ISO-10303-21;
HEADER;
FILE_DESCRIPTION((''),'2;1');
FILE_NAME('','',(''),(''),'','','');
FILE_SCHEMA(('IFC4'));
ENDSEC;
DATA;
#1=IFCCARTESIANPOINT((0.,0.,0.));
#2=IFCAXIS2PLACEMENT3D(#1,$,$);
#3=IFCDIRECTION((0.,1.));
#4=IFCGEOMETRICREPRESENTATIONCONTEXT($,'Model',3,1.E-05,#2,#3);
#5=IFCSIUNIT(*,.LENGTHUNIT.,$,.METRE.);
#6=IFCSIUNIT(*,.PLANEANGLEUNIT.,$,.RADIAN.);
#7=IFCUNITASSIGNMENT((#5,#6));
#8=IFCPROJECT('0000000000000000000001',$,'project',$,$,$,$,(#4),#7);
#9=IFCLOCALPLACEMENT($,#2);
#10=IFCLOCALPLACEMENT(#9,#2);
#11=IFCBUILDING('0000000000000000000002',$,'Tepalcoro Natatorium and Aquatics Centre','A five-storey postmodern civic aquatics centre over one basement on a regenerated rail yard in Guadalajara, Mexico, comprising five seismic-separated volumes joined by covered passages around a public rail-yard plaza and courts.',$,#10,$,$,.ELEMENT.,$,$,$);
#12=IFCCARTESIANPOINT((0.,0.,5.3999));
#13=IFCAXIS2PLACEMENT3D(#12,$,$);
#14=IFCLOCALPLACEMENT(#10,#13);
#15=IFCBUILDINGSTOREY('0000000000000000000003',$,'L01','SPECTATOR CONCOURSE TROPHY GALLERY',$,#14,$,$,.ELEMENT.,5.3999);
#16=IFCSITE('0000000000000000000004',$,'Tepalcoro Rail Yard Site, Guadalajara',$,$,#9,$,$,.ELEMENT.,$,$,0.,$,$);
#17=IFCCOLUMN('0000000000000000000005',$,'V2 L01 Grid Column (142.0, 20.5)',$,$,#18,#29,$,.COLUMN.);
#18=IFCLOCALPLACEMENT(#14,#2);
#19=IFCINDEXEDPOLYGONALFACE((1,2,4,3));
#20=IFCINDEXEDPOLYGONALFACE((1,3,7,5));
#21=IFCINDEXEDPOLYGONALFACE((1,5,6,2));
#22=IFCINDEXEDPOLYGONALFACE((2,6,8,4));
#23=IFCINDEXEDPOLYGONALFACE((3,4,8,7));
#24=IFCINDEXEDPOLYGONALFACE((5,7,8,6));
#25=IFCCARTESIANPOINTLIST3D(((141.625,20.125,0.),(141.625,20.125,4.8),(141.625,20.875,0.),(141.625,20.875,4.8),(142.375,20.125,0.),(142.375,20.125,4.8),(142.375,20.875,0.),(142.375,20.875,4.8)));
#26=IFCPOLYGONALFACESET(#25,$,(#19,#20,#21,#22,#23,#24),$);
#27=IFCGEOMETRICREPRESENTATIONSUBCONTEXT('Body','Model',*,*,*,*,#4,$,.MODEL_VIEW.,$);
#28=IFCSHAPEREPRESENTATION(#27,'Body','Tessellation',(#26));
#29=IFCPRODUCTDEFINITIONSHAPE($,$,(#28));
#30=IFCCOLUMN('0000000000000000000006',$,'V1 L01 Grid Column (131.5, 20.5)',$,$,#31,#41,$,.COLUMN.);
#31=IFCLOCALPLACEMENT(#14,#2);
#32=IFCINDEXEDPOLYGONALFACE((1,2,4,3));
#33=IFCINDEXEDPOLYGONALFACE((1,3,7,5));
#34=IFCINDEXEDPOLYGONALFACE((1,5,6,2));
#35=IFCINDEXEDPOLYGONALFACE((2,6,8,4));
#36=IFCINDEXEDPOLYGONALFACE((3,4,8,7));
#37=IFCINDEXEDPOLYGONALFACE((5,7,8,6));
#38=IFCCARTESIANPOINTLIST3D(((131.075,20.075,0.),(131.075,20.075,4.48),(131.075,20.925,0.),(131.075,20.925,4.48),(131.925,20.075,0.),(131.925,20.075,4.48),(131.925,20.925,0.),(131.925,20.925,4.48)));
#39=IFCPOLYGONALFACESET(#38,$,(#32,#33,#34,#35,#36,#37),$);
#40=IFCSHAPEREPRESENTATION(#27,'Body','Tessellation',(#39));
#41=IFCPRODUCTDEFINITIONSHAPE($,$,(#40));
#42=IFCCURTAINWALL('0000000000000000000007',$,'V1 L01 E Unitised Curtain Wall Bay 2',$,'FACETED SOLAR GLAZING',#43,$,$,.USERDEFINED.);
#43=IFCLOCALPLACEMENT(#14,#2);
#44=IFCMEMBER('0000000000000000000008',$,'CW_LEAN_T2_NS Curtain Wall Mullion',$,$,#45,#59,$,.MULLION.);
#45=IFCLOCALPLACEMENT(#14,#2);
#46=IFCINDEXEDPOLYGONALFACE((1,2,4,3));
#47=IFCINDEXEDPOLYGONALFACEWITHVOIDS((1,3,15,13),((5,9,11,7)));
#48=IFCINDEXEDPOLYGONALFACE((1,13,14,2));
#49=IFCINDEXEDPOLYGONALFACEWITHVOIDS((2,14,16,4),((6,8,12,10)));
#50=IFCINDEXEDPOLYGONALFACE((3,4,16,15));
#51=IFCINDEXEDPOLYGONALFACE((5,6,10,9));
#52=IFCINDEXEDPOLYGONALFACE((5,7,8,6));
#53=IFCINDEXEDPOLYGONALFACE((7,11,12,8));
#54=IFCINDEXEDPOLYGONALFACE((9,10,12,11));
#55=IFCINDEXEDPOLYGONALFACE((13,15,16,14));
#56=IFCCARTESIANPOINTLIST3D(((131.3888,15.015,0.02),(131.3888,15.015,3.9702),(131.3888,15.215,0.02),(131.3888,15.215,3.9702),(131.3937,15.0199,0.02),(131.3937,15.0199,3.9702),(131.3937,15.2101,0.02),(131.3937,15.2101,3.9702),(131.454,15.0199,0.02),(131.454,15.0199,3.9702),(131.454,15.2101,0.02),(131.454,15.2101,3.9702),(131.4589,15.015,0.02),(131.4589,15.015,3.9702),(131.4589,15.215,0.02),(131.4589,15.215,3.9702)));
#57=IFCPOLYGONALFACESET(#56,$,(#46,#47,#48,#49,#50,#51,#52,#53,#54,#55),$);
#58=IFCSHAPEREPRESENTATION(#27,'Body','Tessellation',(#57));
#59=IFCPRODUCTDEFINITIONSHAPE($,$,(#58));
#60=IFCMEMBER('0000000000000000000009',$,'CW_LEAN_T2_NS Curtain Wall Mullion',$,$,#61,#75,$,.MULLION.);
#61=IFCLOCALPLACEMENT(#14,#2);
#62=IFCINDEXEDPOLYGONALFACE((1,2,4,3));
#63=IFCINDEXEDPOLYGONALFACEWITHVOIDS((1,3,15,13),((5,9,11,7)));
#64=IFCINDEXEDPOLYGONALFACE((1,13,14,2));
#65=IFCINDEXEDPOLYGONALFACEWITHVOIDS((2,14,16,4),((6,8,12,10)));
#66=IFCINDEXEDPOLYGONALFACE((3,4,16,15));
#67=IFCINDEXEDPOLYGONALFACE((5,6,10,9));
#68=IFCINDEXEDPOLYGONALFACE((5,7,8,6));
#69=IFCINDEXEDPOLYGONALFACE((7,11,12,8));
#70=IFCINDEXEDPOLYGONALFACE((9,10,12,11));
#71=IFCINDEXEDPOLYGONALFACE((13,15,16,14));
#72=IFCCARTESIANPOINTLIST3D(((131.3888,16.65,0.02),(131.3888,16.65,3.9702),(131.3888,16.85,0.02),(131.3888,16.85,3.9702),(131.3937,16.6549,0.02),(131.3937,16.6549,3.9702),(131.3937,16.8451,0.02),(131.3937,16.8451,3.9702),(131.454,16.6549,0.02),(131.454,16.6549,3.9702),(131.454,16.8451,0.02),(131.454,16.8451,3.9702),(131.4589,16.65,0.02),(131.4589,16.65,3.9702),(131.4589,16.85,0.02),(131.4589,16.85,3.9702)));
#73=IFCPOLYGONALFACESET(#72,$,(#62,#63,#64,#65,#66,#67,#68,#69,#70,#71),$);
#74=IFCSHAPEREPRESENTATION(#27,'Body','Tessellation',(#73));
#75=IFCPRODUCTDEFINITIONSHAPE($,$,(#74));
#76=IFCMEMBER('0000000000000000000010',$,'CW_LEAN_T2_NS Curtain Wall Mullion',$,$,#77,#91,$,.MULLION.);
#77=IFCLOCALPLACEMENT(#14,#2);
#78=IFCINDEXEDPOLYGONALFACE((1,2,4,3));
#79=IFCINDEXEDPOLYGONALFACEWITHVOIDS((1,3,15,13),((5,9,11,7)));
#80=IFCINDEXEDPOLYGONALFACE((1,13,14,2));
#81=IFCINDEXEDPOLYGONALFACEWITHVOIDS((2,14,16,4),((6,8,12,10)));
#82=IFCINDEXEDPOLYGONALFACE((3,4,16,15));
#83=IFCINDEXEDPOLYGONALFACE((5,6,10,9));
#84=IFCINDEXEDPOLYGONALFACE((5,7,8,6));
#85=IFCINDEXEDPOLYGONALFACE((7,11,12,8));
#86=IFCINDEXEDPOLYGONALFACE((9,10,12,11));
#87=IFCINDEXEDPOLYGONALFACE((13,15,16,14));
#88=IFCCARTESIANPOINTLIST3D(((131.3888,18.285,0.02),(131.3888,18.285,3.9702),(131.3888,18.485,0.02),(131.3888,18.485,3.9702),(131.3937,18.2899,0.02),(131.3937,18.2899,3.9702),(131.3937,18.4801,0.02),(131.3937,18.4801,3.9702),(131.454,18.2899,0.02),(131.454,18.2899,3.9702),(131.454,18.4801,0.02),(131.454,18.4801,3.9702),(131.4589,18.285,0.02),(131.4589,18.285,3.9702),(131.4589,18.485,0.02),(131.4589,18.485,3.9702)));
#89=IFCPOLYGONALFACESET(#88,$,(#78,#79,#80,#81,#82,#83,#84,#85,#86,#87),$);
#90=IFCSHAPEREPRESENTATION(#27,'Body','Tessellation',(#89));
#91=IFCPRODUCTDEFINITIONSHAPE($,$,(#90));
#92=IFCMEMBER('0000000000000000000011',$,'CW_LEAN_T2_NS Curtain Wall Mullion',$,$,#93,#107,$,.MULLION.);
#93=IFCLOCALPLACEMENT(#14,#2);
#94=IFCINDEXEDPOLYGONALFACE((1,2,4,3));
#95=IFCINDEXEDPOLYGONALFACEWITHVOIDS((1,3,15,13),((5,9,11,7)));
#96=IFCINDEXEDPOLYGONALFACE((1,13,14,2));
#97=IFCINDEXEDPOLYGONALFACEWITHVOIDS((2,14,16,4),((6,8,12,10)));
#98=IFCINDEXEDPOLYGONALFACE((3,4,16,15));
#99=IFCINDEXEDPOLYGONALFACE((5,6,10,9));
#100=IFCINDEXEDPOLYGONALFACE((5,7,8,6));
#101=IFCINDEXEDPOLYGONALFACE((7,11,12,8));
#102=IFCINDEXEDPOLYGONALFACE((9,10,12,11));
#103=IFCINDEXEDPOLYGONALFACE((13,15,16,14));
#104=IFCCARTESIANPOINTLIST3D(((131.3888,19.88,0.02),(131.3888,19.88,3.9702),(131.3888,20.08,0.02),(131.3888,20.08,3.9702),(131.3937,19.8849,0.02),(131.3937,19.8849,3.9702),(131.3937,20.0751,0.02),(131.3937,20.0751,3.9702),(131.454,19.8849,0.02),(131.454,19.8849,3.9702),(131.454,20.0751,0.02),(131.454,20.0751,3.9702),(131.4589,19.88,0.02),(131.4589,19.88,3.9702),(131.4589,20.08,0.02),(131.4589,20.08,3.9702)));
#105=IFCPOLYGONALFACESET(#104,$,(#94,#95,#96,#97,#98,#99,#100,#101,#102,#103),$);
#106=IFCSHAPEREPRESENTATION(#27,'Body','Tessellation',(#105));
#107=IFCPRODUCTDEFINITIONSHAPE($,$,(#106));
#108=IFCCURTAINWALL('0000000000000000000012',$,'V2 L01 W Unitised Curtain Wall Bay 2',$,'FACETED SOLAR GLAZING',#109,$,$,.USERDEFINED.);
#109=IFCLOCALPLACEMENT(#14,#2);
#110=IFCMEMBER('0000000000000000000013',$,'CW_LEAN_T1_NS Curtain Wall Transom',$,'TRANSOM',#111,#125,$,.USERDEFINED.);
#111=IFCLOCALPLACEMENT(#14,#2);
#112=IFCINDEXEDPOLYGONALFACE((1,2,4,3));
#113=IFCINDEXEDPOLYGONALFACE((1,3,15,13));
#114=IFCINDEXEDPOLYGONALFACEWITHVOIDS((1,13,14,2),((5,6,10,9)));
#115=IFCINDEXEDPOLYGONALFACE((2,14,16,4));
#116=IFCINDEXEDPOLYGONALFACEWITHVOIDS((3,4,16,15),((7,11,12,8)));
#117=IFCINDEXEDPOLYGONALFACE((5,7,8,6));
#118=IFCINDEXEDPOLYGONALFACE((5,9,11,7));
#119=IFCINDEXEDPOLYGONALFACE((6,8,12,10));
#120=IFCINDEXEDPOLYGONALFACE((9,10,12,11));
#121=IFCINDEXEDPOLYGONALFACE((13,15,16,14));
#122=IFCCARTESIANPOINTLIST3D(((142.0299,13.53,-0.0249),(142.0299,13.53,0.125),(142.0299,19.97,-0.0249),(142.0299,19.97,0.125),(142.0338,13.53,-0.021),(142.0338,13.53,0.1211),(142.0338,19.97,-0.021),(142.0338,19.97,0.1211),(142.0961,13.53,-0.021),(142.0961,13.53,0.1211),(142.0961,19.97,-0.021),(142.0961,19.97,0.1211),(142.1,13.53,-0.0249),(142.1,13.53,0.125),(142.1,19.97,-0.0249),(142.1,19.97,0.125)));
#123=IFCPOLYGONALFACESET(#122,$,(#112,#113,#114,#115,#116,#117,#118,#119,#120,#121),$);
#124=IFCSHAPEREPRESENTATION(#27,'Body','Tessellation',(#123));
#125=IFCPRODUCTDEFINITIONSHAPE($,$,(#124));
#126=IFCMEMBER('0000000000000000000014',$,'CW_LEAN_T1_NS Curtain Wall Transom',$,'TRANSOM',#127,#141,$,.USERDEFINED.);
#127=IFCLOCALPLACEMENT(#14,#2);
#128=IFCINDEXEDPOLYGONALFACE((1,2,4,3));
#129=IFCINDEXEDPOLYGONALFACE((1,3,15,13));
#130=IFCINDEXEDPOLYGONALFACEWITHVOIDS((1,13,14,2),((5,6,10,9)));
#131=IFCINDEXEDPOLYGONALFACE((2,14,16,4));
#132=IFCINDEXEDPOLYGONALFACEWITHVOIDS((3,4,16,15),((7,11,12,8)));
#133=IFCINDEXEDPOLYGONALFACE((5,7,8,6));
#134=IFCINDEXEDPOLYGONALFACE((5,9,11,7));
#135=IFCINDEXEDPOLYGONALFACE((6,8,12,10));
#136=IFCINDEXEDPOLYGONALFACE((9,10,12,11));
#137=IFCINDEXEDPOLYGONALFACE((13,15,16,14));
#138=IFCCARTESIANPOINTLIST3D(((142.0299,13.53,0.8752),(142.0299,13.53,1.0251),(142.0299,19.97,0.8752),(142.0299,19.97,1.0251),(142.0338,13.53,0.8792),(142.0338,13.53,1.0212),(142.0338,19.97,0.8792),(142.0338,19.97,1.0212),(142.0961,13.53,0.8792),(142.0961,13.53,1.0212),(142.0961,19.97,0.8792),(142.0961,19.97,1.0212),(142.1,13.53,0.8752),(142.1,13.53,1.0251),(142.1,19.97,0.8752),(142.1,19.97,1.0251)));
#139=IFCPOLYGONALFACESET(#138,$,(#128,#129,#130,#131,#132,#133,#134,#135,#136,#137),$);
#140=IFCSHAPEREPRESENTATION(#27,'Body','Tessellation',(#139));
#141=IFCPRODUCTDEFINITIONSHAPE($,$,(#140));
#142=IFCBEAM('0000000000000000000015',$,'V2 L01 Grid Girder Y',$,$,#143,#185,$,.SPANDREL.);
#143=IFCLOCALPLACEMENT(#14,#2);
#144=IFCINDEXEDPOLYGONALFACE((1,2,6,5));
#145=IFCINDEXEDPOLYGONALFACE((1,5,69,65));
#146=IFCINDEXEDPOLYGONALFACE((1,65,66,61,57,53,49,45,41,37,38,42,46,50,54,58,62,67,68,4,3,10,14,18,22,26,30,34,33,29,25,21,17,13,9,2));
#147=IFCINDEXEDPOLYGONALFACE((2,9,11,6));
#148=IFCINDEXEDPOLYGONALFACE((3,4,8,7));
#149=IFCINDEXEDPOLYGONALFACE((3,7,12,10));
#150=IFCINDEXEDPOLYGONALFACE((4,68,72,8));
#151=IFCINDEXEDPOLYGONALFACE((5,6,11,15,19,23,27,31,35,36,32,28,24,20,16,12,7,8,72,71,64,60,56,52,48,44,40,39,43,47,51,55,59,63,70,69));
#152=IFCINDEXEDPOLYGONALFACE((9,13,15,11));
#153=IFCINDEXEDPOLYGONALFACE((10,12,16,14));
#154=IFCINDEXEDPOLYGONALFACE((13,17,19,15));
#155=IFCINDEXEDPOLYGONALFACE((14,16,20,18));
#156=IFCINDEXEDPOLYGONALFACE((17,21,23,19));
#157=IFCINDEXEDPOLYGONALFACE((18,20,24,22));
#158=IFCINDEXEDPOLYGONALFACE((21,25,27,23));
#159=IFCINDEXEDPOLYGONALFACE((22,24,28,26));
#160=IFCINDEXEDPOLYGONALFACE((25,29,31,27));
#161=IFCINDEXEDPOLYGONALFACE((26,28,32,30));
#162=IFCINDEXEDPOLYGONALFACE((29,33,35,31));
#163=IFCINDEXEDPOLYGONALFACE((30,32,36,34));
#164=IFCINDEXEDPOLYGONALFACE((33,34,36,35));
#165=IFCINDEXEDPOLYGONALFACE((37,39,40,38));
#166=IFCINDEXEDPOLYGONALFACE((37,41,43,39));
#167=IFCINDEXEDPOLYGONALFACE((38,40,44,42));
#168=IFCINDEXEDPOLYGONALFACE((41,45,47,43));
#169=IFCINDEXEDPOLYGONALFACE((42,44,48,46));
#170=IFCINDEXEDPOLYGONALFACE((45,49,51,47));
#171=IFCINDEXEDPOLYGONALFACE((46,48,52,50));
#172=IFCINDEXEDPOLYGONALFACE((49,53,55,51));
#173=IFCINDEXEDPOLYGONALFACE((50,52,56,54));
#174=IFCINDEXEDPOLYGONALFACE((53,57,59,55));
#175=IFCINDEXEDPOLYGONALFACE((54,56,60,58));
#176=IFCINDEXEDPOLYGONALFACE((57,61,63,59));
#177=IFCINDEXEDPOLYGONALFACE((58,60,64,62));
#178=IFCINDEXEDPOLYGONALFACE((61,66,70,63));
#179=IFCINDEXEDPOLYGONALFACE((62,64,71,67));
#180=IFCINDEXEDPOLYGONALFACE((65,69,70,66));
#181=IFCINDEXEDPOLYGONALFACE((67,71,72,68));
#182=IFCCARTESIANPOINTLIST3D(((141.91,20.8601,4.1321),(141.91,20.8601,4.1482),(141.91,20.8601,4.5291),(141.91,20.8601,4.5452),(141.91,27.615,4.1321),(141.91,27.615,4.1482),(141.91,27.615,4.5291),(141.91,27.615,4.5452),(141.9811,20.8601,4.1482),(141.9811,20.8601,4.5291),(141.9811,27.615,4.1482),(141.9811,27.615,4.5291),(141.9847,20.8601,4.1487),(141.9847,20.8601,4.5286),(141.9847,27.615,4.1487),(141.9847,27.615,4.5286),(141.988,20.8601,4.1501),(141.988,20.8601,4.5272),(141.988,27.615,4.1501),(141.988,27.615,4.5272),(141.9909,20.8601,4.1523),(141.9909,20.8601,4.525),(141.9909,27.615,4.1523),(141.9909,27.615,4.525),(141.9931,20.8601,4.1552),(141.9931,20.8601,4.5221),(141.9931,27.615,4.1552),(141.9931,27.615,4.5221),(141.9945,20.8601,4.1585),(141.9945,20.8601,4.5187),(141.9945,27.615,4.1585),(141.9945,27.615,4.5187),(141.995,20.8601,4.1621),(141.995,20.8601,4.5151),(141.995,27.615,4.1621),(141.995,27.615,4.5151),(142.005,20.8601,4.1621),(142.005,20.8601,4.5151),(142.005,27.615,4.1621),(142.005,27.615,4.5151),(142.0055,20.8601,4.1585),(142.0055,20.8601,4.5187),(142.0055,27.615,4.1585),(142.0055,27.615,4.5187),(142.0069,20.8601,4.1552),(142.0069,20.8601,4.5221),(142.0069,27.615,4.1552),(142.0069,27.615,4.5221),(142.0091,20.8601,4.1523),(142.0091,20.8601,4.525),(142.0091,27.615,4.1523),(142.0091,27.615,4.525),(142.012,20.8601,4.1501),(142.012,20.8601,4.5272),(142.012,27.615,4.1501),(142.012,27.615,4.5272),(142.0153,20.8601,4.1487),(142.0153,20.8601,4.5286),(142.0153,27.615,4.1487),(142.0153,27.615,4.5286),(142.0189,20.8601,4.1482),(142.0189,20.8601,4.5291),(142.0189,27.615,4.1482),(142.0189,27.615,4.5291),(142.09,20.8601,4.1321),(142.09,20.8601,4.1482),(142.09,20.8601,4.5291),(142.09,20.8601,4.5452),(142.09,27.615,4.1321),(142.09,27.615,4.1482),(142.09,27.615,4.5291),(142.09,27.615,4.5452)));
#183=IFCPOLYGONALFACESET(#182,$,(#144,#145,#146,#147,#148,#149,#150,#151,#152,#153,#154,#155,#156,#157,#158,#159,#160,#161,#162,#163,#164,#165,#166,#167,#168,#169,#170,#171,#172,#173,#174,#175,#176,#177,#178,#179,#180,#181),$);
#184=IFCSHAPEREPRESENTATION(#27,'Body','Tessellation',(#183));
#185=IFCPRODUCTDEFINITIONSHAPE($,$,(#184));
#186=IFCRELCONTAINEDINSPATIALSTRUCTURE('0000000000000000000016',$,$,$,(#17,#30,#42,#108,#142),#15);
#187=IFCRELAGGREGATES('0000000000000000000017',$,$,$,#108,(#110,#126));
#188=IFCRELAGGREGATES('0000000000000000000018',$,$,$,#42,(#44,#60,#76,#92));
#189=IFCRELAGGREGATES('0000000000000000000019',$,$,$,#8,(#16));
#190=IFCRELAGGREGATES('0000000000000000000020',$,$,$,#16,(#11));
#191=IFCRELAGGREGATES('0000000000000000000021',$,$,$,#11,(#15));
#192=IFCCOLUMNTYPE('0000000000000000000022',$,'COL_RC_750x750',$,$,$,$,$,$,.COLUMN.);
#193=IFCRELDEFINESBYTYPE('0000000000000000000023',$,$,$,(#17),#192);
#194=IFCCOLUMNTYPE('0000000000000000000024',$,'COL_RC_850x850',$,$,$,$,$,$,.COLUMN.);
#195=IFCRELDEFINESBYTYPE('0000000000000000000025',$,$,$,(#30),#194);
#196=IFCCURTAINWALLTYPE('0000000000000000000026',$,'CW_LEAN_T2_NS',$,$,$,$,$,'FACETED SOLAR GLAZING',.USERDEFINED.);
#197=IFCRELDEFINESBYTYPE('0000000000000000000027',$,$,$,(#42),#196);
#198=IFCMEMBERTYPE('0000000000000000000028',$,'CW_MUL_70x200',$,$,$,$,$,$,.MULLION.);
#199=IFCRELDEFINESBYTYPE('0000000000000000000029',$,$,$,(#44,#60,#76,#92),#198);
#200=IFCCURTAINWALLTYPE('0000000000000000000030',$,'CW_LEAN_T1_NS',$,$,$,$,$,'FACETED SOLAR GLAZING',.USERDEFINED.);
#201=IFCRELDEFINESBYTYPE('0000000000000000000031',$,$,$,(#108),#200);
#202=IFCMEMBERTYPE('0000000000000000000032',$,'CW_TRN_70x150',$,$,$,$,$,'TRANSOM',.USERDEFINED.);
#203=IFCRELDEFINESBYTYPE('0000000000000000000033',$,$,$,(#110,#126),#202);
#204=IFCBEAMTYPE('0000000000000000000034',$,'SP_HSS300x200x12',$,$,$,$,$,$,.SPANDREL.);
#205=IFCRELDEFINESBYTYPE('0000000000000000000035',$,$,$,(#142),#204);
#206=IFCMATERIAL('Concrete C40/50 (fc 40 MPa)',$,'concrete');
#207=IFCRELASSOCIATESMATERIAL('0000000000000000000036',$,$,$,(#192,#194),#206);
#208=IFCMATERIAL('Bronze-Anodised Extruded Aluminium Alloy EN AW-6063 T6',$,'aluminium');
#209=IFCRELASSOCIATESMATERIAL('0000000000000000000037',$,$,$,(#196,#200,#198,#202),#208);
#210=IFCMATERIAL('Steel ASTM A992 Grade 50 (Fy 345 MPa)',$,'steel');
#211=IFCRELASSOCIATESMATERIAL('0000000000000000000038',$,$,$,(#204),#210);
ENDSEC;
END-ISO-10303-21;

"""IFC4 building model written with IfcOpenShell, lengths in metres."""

from ifc_helpers import new_model, si_unit, direction, frame, origin, origin_2d, place, context, subcontext, project, spatial, rectangle, hollow_rectangle, i_section, extrude, material, material_profile, profile_set, type_object, element, aggregate, save


model = new_model("IFC4")

# Units and contexts
model_context = context("Model", 3, precision=1e-05, world=origin(), true_north=direction((0.0, 1.0)))
body_context = subcontext(model_context, "Body", "Model", "MODEL_VIEW")
ifc_project = project(units=[si_unit("LENGTHUNIT", "METRE"), si_unit("PLANEANGLEUNIT", "RADIAN")], contexts=[model_context])

# Site, building, storey
site_placement = place(None, origin())
site = spatial("IfcSite", under=ifc_project, at=site_placement, Name="Tepalcoro Rail Yard Site, Guadalajara", CompositionType="ELEMENT", RefElevation=0.0)
building_placement = place(site_placement, origin())
building = spatial("IfcBuilding", under=site, at=building_placement, Name="Tepalcoro Natatorium and Aquatics Centre", Description="A five-storey postmodern civic aquatics centre over one basement on a regenerated rail yard in Guadalajara, Mexico, comprising five seismic-separated volumes joined by covered passages around a public rail-yard plaza and courts.", CompositionType="ELEMENT")
storey_placement = place(building_placement, frame((0.0, 0.0, 5.3999)))
storey = spatial("IfcBuildingStorey", under=building, at=storey_placement, Name="L01", Description="SPECTATOR CONCOURSE TROPHY GALLERY", CompositionType="ELEMENT", Elevation=5.3999)

# Columns
ifc_material_1 = material(Name="Concrete C40/50 (fc 40 MPa)", Category="concrete")
ifc_material_profile_1 = material_profile(ifc_material_1, rectangle(XDim=0.75, YDim=0.75, at=origin_2d()), Name="RC750x750")
ifc_profile_set_1 = profile_set([ifc_material_profile_1], Name="Concrete C40/50 (fc 40 MPa)")
column_type_1 = type_object("IfcColumnType", Name="COL_RC_750x750", PredefinedType="COLUMN", material=ifc_profile_set_1)
column_1_placement = place(storey_placement, frame((142.0, 20.5, 0.0), z_axis=(0.0, 0.0, 1.0), x_axis=(1.0, 0.0, 0.0)))
element("IfcColumn", 1, at=column_1_placement, inside=storey, type_object=column_type_1, Name="V2 L01 Grid Column (142.0, 20.5)", PredefinedType="COLUMN", context=body_context, shape_type="SweptSolid", body=[
    extrude(rectangle(XDim=0.75, YDim=0.75, at=origin_2d()), origin(), (0.0, 0.0, 1.0), 4.8),
])
ifc_material_profile_2 = material_profile(ifc_material_1, rectangle(XDim=0.8501, YDim=0.8501, at=origin_2d()), Name="RC850x850")
ifc_profile_set_2 = profile_set([ifc_material_profile_2], Name="Concrete C40/50 (fc 40 MPa)")
column_type_2 = type_object("IfcColumnType", Name="COL_RC_850x850", PredefinedType="COLUMN", material=ifc_profile_set_2)
column_2_placement = place(storey_placement, frame((131.5, 20.5, 0.0), z_axis=(0.0, 0.0, 1.0), x_axis=(1.0, 0.0, 0.0)))
element("IfcColumn", 2, at=column_2_placement, inside=storey, type_object=column_type_2, Name="V1 L01 Grid Column (131.5, 20.5)", PredefinedType="COLUMN", context=body_context, shape_type="SweptSolid", body=[
    extrude(rectangle(XDim=0.8501, YDim=0.8501, at=origin_2d()), origin(), (0.0, 0.0, 1.0), 4.48),
])

# Curtain walls, members
ifc_material_2 = material(Name="Bronze-Anodised Extruded Aluminium Alloy EN AW-6063 T6", Category="aluminium")
curtain_wall_type_1 = type_object("IfcCurtainWallType", Name="CW_LEAN_T2_NS", ElementType="FACETED SOLAR GLAZING", PredefinedType="USERDEFINED", material=ifc_material_2)
curtain_wall_1_placement = place(storey_placement, origin())
curtain_wall_1 = element("IfcCurtainWall", 3, at=curtain_wall_1_placement, inside=storey, type_object=curtain_wall_type_1, Name="V1 L01 E Unitised Curtain Wall Bay 2", ObjectType="FACETED SOLAR GLAZING", PredefinedType="USERDEFINED")
ifc_material_profile_3 = material_profile(ifc_material_2, hollow_rectangle(XDim=0.0701, YDim=0.2, WallThickness=0.0049, at=origin_2d()), Name="AL70X200X5")
ifc_profile_set_3 = profile_set([ifc_material_profile_3], Name="Bronze-Anodised Extruded Aluminium Alloy EN AW-6063 T6")
member_type_1 = type_object("IfcMemberType", Name="CW_MUL_70x200", PredefinedType="MULLION", material=ifc_profile_set_3)
member_1_placement = place(storey_placement, frame((131.4238, 15.115, 0.02), z_axis=(0.0, 0.0, 1.0), x_axis=(1.0, 0.0, 0.0)))
member_1 = element("IfcMember", 4, at=member_1_placement, type_object=member_type_1, Name="CW_LEAN_T2_NS Curtain Wall Mullion", PredefinedType="MULLION", context=body_context, shape_type="SweptSolid", body=[
    extrude(hollow_rectangle(XDim=0.0701, YDim=0.2, WallThickness=0.0049, at=origin_2d()), origin(), (0.0, 0.0, 1.0), 3.9502),
])
member_2_placement = place(storey_placement, frame((131.4238, 16.75, 0.02), z_axis=(0.0, 0.0, 1.0), x_axis=(1.0, 0.0, 0.0)))
member_2 = element("IfcMember", 5, at=member_2_placement, type_object=member_type_1, Name="CW_LEAN_T2_NS Curtain Wall Mullion", PredefinedType="MULLION", context=body_context, shape_type="SweptSolid", body=[
    extrude(hollow_rectangle(XDim=0.0701, YDim=0.2, WallThickness=0.0049, at=origin_2d()), origin(), (0.0, 0.0, 1.0), 3.9502),
])
member_3_placement = place(storey_placement, frame((131.4238, 18.385, 0.02), z_axis=(0.0, 0.0, 1.0), x_axis=(1.0, 0.0, 0.0)))
member_3 = element("IfcMember", 6, at=member_3_placement, type_object=member_type_1, Name="CW_LEAN_T2_NS Curtain Wall Mullion", PredefinedType="MULLION", context=body_context, shape_type="SweptSolid", body=[
    extrude(hollow_rectangle(XDim=0.0701, YDim=0.2, WallThickness=0.0049, at=origin_2d()), origin(), (0.0, 0.0, 1.0), 3.9502),
])
member_4_placement = place(storey_placement, frame((131.4238, 19.98, 0.02), z_axis=(0.0, 0.0, 1.0), x_axis=(1.0, 0.0, 0.0)))
member_4 = element("IfcMember", 7, at=member_4_placement, type_object=member_type_1, Name="CW_LEAN_T2_NS Curtain Wall Mullion", PredefinedType="MULLION", context=body_context, shape_type="SweptSolid", body=[
    extrude(hollow_rectangle(XDim=0.0701, YDim=0.2, WallThickness=0.0049, at=origin_2d()), origin(), (0.0, 0.0, 1.0), 3.9502),
])
curtain_wall_type_2 = type_object("IfcCurtainWallType", Name="CW_LEAN_T1_NS", ElementType="FACETED SOLAR GLAZING", PredefinedType="USERDEFINED", material=ifc_material_2)
curtain_wall_2_placement = place(storey_placement, origin())
curtain_wall_2 = element("IfcCurtainWall", 8, at=curtain_wall_2_placement, inside=storey, type_object=curtain_wall_type_2, Name="V2 L01 W Unitised Curtain Wall Bay 2", ObjectType="FACETED SOLAR GLAZING", PredefinedType="USERDEFINED")
ifc_material_profile_4 = material_profile(ifc_material_2, hollow_rectangle(XDim=0.0701, YDim=0.1499, WallThickness=0.0039, at=origin_2d()), Name="AL70X150X4")
ifc_profile_set_4 = profile_set([ifc_material_profile_4], Name="Bronze-Anodised Extruded Aluminium Alloy EN AW-6063 T6")
member_type_2 = type_object("IfcMemberType", Name="CW_TRN_70x150", ElementType="TRANSOM", PredefinedType="USERDEFINED", material=ifc_profile_set_4)
member_5_placement = place(storey_placement, frame((142.0649, 13.53, 0.05), z_axis=(0.0, 1.0, 0.0), x_axis=(-1.0, 0.0, 0.0)))
member_5 = element("IfcMember", 9, at=member_5_placement, type_object=member_type_2, Name="CW_LEAN_T1_NS Curtain Wall Transom", ObjectType="TRANSOM", PredefinedType="USERDEFINED", context=body_context, shape_type="SweptSolid", body=[
    extrude(hollow_rectangle(XDim=0.0701, YDim=0.1499, WallThickness=0.0039, at=origin_2d()), origin(), (0.0, 0.0, 1.0), 6.4399),
])
member_6_placement = place(storey_placement, frame((142.0649, 13.53, 0.9502), z_axis=(0.0, 1.0, 0.0), x_axis=(-1.0, 0.0, 0.0)))
member_6 = element("IfcMember", 10, at=member_6_placement, type_object=member_type_2, Name="CW_LEAN_T1_NS Curtain Wall Transom", ObjectType="TRANSOM", PredefinedType="USERDEFINED", context=body_context, shape_type="SweptSolid", body=[
    extrude(hollow_rectangle(XDim=0.0701, YDim=0.1499, WallThickness=0.0039, at=origin_2d()), origin(), (0.0, 0.0, 1.0), 6.4399),
])
aggregate(curtain_wall_2, [member_5, member_6])

# Beam
ifc_material_3 = material(Name="Steel ASTM A992 Grade 50 (Fy 345 MPa)", Category="steel")
ifc_material_profile_5 = material_profile(ifc_material_3, i_section(OverallWidth=0.1799, OverallDepth=0.4131, WebThickness=0.01, FlangeThickness=0.0161, FilletRadius=0.0139, at=origin_2d()), Name="W16X50")
ifc_profile_set_5 = profile_set([ifc_material_profile_5], Name="Steel ASTM A992 Grade 50 (Fy 345 MPa)")
beam_type_1 = type_object("IfcBeamType", Name="SP_HSS300x200x12", PredefinedType="SPANDREL", material=ifc_profile_set_5)
beam_1_placement = place(storey_placement, frame((142.0, 20.8601, 4.3386), z_axis=(0.0, 1.0, 0.0), x_axis=(-1.0, 0.0, 0.0)))
element("IfcBeam", 11, at=beam_1_placement, inside=storey, type_object=beam_type_1, Name="V2 L01 Grid Girder Y", PredefinedType="SPANDREL", context=body_context, shape_type="SweptSolid", body=[
    extrude(i_section(OverallWidth=0.1799, OverallDepth=0.4131, WebThickness=0.01, FlangeThickness=0.0161, FilletRadius=0.0139, at=origin_2d()), origin(), (0.0, 0.0, 1.0), 6.7549),
])

aggregate(curtain_wall_1, [member_1, member_2, member_3, member_4])

save(model, "model.ifc")
